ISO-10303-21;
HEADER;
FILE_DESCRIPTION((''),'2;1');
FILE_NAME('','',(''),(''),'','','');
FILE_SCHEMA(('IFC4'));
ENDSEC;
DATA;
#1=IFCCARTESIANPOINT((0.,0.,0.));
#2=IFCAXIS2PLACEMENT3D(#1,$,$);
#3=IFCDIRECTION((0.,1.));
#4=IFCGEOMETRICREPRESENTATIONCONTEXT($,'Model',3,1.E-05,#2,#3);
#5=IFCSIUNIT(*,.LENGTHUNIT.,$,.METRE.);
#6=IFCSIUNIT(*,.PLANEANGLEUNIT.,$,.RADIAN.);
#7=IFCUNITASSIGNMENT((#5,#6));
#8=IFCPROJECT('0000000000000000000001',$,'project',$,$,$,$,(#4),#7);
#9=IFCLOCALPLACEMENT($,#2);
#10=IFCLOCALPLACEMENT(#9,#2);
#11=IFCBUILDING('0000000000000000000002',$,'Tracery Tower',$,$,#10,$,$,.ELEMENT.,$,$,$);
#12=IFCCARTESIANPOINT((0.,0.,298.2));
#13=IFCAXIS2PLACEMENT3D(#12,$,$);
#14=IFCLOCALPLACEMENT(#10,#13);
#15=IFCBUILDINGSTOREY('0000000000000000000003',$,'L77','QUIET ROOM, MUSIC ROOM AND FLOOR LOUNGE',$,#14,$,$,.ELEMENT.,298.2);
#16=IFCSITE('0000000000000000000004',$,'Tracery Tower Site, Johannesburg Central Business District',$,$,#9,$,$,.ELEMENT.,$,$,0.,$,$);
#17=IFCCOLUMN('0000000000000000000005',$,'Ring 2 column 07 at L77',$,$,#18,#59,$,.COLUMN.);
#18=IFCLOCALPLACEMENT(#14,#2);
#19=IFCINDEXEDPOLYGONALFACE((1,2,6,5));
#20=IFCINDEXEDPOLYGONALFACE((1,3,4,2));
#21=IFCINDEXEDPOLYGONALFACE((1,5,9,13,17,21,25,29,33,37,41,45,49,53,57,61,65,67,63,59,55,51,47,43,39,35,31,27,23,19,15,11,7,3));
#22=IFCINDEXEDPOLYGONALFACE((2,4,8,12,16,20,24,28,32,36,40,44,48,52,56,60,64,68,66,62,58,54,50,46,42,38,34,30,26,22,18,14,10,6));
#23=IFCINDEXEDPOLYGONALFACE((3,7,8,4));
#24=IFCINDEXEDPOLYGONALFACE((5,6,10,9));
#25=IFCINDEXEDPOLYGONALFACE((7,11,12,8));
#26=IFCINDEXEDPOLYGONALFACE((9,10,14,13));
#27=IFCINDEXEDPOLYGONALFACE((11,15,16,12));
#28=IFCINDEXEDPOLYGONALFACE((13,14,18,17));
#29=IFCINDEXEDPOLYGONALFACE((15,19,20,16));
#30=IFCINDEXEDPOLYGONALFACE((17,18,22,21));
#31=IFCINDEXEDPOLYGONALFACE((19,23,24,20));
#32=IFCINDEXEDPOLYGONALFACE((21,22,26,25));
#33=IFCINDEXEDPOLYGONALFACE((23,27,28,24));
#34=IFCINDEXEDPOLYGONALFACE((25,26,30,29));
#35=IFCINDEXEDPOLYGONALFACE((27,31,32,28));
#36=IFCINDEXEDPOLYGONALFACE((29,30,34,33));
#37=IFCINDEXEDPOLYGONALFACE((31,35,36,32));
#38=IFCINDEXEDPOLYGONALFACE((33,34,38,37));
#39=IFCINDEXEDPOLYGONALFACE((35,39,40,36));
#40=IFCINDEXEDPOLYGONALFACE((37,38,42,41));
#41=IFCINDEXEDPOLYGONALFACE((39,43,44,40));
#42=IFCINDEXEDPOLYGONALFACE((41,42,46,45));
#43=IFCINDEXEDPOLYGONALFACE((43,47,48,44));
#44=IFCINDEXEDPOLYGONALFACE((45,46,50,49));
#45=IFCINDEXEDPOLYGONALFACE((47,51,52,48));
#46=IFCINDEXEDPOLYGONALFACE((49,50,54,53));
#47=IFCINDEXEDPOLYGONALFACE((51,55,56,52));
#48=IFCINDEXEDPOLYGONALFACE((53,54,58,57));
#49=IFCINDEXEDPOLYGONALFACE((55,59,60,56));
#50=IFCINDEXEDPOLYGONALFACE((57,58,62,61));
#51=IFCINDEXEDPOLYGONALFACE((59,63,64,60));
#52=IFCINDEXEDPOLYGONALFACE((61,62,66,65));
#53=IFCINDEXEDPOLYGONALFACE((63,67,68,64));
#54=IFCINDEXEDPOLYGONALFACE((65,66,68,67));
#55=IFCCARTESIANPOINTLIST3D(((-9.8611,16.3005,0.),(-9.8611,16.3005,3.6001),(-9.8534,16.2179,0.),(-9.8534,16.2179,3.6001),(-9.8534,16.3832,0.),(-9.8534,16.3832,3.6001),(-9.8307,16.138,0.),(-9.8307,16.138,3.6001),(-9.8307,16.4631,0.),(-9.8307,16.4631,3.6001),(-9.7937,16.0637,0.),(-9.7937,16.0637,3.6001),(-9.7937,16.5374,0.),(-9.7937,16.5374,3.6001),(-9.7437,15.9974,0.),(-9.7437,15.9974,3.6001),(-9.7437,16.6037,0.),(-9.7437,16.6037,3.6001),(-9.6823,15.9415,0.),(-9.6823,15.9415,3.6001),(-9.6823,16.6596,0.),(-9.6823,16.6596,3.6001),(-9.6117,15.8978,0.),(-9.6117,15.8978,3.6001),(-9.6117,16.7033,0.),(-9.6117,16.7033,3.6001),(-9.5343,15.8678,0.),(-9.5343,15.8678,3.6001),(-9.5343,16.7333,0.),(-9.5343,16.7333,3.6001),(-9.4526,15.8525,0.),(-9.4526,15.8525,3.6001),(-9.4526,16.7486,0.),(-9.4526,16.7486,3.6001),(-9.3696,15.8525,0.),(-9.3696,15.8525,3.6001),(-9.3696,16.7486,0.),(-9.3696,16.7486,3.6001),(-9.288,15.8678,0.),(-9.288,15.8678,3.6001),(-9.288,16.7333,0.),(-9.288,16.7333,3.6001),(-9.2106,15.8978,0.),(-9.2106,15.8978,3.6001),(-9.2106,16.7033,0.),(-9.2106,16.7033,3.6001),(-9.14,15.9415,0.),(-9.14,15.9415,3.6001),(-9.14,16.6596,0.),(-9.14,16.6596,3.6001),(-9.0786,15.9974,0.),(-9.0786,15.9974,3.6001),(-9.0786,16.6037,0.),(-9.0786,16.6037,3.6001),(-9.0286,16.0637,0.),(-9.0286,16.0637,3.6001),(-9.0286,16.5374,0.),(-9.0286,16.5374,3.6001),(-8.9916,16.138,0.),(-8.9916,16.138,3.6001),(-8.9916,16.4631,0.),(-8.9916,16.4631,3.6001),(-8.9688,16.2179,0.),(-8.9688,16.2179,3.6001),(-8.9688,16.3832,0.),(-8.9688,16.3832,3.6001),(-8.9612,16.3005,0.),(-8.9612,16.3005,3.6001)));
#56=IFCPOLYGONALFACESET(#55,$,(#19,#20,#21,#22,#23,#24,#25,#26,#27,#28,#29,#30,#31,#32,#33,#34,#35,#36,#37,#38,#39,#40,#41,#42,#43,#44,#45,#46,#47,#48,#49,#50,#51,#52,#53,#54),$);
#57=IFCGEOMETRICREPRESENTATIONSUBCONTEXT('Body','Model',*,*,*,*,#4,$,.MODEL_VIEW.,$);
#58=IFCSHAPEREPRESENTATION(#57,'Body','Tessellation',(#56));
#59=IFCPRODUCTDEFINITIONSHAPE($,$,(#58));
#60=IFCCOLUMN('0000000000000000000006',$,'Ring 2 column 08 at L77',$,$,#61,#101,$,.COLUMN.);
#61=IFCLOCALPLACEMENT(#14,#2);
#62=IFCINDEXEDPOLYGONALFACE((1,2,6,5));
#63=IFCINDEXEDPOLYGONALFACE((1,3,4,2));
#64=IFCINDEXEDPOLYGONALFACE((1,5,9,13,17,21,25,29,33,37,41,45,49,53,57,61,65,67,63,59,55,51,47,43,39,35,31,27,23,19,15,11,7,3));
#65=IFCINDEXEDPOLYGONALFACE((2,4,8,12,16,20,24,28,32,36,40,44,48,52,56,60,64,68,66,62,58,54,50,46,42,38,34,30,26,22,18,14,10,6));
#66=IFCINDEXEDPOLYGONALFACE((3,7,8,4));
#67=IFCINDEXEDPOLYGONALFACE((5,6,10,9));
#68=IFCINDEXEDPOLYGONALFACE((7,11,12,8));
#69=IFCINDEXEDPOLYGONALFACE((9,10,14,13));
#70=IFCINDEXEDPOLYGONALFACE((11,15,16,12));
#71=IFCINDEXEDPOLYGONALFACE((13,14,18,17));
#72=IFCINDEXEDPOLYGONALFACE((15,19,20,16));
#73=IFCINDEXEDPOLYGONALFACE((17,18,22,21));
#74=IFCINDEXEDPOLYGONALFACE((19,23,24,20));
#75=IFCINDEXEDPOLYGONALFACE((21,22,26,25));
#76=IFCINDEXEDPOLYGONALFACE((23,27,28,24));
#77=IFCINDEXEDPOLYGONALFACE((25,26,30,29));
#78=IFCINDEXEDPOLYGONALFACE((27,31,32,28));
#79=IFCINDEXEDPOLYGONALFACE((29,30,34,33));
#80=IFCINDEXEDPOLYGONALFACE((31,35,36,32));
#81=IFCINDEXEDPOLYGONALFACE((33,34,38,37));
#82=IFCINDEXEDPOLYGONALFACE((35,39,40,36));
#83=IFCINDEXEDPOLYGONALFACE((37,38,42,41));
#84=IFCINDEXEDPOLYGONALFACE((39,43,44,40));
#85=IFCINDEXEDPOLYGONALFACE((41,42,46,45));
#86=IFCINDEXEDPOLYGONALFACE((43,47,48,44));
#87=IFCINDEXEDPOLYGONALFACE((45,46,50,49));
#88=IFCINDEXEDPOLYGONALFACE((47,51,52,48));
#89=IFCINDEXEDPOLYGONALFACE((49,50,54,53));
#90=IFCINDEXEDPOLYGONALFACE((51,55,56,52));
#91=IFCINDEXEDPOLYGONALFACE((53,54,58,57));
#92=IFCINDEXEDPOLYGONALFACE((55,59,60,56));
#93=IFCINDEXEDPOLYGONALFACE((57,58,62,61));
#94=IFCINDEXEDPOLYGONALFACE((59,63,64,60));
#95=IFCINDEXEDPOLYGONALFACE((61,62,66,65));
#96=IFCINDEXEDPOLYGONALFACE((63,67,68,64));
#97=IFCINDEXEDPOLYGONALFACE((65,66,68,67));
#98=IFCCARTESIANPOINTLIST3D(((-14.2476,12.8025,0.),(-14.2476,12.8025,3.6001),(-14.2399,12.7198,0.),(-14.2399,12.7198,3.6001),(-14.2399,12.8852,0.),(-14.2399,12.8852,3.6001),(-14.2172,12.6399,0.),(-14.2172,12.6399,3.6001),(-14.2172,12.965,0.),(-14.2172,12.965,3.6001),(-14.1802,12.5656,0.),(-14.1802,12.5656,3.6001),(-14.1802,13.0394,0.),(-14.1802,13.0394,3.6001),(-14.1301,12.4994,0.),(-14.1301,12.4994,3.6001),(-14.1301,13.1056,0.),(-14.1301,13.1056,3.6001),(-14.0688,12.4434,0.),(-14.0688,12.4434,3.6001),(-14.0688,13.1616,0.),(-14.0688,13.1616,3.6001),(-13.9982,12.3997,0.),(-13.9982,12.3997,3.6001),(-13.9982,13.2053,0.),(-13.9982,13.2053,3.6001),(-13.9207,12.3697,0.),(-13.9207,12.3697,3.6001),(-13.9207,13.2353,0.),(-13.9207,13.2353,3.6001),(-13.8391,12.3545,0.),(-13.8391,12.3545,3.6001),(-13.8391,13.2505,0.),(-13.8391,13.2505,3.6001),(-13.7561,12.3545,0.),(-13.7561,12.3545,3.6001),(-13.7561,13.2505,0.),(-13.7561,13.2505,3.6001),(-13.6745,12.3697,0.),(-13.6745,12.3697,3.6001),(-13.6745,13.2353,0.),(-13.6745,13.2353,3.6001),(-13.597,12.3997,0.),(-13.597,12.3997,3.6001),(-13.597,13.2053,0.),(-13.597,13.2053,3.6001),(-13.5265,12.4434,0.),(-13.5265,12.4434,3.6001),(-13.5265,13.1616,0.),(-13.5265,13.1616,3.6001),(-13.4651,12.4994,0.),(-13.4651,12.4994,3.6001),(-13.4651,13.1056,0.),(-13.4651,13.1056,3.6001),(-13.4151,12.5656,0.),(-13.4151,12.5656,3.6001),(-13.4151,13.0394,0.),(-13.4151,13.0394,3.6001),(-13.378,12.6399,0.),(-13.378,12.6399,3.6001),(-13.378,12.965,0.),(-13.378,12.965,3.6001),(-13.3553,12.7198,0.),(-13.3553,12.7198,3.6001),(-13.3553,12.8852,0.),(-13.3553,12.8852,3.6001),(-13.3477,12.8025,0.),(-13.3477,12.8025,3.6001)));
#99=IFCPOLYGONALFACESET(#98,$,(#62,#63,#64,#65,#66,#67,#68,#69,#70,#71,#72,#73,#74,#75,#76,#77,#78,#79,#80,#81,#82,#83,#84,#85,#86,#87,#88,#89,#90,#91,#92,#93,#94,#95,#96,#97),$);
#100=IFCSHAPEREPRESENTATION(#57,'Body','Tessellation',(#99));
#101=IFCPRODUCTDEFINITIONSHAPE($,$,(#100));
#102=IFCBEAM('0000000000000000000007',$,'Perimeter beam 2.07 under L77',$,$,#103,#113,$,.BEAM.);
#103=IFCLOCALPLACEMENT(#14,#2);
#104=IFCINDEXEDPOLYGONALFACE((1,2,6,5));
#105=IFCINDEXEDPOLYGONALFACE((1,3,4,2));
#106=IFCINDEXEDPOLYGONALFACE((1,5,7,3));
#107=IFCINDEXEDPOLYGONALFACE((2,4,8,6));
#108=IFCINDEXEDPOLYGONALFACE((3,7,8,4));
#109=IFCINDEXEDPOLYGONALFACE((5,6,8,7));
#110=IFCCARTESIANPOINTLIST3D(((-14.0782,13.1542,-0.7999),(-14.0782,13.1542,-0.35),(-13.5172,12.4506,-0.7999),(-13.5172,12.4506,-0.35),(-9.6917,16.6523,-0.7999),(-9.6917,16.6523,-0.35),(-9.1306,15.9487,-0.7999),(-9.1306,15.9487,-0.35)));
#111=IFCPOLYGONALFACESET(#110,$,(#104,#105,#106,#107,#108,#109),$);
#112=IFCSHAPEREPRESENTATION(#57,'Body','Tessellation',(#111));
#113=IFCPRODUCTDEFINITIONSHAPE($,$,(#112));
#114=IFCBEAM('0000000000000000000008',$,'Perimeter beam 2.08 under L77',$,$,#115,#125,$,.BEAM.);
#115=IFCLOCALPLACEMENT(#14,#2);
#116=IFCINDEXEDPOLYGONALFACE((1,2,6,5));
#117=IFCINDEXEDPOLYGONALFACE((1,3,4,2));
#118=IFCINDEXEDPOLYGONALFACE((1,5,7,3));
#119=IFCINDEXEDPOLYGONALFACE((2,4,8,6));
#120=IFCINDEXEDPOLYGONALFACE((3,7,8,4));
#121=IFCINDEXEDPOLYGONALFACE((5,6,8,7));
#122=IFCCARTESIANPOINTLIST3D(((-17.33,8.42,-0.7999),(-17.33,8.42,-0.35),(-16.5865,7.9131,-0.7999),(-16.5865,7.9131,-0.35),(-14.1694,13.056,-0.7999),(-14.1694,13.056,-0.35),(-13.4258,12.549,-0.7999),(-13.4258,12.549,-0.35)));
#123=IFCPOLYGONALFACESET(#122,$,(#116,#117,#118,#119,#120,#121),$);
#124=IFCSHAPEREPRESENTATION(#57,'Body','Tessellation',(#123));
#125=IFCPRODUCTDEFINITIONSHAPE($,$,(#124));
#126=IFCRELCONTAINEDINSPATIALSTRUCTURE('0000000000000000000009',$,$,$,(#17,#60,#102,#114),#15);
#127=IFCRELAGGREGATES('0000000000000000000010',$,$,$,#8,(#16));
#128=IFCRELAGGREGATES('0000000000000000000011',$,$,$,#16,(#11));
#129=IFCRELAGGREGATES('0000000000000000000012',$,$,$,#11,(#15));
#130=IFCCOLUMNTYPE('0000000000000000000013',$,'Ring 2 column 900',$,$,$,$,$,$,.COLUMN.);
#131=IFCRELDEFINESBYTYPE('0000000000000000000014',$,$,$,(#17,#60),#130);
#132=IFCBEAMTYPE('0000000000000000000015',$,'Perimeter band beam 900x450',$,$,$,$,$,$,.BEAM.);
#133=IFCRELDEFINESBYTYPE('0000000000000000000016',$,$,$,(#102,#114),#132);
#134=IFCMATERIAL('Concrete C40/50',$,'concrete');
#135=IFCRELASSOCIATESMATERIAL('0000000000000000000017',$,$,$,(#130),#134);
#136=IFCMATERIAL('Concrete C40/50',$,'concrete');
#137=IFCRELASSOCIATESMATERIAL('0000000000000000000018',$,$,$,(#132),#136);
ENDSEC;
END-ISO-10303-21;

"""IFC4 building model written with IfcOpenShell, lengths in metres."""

from ifc_helpers import new_model, si_unit, direction, frame, origin, origin_2d, place, context, subcontext, project, spatial, rectangle, circle, extrude, material, material_profile, profile_set, type_object, element, save


model = new_model("IFC4")

# Units and contexts
model_context = context("Model", 3, precision=1e-05, world=origin(), true_north=direction((0.0, 1.0)))
body_context = subcontext(model_context, "Body", "Model", "MODEL_VIEW")
ifc_project = project(units=[si_unit("LENGTHUNIT", "METRE"), si_unit("PLANEANGLEUNIT", "RADIAN")], contexts=[model_context])

# Site, building, storey
site_placement = place(None, origin())
site = spatial("IfcSite", under=ifc_project, at=site_placement, Name="Tracery Tower Site, Johannesburg Central Business District", CompositionType="ELEMENT", RefElevation=0.0)
building_placement = place(site_placement, origin())
building = spatial("IfcBuilding", under=site, at=building_placement, Name="Tracery Tower", CompositionType="ELEMENT")
storey_placement = place(building_placement, frame((0.0, 0.0, 298.2)))
storey = spatial("IfcBuildingStorey", under=building, at=storey_placement, Name="L77", Description="QUIET ROOM, MUSIC ROOM AND FLOOR LOUNGE", CompositionType="ELEMENT", Elevation=298.2)

# Columns
ifc_material_1 = material(Name="Concrete C40/50", Category="concrete")
ifc_material_profile_1 = material_profile(ifc_material_1, circle(Radius=0.45, at=origin_2d()), Name="RC D900")
ifc_profile_set_1 = profile_set([ifc_material_profile_1], Name="Concrete C40/50")
column_type = type_object("IfcColumnType", Name="Ring 2 column 900", PredefinedType="COLUMN", material=ifc_profile_set_1)
for number, where, z_axis, x_axis, name in (
    (1, (-9.4111, 16.3005, 0.0), (0.0, 0.0, 1.0), (1.0, 0.0, 0.0), "Ring 2 column 07 at L77"),
    (2, (-13.7976, 12.8025, 0.0), (0.0, 0.0, 1.0), (1.0, 0.0, 0.0), "Ring 2 column 08 at L77"),
):
    element("IfcColumn", number, at=place(storey_placement, frame(where, z_axis=z_axis, x_axis=x_axis)), inside=storey, type_object=column_type, Name=name, PredefinedType="COLUMN", context=body_context, shape_type="SweptSolid", body=[
        extrude(circle(Radius=0.45, at=origin_2d()), origin(), (0.0, 0.0, 1.0), 3.6001),
    ])

# Beams
ifc_material_2 = material(Name="Concrete C40/50", Category="concrete")
ifc_material_profile_2 = material_profile(ifc_material_2, rectangle(XDim=0.8999, YDim=0.45, at=origin_2d()), Name="RC 900x450")
ifc_profile_set_2 = profile_set([ifc_material_profile_2], Name="Concrete C40/50")
beam_type = type_object("IfcBeamType", Name="Perimeter band beam 900x450", PredefinedType="BEAM", material=ifc_profile_set_2)
beam_1_placement = place(storey_placement, frame((-9.4111, 16.3005, -0.575), z_axis=(-0.781836, -0.623484, 0.0), x_axis=(0.623484, -0.781836, 0.0)))
element("IfcBeam", 3, at=beam_1_placement, inside=storey, type_object=beam_type, Name="Perimeter beam 2.07 under L77", PredefinedType="BEAM", context=body_context, shape_type="SweptSolid", body=[
    extrude(rectangle(XDim=0.8999, YDim=0.45, at=origin_2d()), origin(), (0.0, 0.0, 1.0), 5.6106),
])
beam_2_placement = place(storey_placement, frame((-13.7976, 12.8025, -0.575), z_axis=(-0.563306, -0.826249, 0.0), x_axis=(0.826249, -0.563306, 0.0)))
element("IfcBeam", 4, at=beam_2_placement, inside=storey, type_object=beam_type, Name="Perimeter beam 2.08 under L77", PredefinedType="BEAM", context=body_context, shape_type="SweptSolid", body=[
    extrude(rectangle(XDim=0.8999, YDim=0.45, at=origin_2d()), origin(), (0.0, 0.0, 1.0), 5.6108),
])

save(model, "model.ifc")
